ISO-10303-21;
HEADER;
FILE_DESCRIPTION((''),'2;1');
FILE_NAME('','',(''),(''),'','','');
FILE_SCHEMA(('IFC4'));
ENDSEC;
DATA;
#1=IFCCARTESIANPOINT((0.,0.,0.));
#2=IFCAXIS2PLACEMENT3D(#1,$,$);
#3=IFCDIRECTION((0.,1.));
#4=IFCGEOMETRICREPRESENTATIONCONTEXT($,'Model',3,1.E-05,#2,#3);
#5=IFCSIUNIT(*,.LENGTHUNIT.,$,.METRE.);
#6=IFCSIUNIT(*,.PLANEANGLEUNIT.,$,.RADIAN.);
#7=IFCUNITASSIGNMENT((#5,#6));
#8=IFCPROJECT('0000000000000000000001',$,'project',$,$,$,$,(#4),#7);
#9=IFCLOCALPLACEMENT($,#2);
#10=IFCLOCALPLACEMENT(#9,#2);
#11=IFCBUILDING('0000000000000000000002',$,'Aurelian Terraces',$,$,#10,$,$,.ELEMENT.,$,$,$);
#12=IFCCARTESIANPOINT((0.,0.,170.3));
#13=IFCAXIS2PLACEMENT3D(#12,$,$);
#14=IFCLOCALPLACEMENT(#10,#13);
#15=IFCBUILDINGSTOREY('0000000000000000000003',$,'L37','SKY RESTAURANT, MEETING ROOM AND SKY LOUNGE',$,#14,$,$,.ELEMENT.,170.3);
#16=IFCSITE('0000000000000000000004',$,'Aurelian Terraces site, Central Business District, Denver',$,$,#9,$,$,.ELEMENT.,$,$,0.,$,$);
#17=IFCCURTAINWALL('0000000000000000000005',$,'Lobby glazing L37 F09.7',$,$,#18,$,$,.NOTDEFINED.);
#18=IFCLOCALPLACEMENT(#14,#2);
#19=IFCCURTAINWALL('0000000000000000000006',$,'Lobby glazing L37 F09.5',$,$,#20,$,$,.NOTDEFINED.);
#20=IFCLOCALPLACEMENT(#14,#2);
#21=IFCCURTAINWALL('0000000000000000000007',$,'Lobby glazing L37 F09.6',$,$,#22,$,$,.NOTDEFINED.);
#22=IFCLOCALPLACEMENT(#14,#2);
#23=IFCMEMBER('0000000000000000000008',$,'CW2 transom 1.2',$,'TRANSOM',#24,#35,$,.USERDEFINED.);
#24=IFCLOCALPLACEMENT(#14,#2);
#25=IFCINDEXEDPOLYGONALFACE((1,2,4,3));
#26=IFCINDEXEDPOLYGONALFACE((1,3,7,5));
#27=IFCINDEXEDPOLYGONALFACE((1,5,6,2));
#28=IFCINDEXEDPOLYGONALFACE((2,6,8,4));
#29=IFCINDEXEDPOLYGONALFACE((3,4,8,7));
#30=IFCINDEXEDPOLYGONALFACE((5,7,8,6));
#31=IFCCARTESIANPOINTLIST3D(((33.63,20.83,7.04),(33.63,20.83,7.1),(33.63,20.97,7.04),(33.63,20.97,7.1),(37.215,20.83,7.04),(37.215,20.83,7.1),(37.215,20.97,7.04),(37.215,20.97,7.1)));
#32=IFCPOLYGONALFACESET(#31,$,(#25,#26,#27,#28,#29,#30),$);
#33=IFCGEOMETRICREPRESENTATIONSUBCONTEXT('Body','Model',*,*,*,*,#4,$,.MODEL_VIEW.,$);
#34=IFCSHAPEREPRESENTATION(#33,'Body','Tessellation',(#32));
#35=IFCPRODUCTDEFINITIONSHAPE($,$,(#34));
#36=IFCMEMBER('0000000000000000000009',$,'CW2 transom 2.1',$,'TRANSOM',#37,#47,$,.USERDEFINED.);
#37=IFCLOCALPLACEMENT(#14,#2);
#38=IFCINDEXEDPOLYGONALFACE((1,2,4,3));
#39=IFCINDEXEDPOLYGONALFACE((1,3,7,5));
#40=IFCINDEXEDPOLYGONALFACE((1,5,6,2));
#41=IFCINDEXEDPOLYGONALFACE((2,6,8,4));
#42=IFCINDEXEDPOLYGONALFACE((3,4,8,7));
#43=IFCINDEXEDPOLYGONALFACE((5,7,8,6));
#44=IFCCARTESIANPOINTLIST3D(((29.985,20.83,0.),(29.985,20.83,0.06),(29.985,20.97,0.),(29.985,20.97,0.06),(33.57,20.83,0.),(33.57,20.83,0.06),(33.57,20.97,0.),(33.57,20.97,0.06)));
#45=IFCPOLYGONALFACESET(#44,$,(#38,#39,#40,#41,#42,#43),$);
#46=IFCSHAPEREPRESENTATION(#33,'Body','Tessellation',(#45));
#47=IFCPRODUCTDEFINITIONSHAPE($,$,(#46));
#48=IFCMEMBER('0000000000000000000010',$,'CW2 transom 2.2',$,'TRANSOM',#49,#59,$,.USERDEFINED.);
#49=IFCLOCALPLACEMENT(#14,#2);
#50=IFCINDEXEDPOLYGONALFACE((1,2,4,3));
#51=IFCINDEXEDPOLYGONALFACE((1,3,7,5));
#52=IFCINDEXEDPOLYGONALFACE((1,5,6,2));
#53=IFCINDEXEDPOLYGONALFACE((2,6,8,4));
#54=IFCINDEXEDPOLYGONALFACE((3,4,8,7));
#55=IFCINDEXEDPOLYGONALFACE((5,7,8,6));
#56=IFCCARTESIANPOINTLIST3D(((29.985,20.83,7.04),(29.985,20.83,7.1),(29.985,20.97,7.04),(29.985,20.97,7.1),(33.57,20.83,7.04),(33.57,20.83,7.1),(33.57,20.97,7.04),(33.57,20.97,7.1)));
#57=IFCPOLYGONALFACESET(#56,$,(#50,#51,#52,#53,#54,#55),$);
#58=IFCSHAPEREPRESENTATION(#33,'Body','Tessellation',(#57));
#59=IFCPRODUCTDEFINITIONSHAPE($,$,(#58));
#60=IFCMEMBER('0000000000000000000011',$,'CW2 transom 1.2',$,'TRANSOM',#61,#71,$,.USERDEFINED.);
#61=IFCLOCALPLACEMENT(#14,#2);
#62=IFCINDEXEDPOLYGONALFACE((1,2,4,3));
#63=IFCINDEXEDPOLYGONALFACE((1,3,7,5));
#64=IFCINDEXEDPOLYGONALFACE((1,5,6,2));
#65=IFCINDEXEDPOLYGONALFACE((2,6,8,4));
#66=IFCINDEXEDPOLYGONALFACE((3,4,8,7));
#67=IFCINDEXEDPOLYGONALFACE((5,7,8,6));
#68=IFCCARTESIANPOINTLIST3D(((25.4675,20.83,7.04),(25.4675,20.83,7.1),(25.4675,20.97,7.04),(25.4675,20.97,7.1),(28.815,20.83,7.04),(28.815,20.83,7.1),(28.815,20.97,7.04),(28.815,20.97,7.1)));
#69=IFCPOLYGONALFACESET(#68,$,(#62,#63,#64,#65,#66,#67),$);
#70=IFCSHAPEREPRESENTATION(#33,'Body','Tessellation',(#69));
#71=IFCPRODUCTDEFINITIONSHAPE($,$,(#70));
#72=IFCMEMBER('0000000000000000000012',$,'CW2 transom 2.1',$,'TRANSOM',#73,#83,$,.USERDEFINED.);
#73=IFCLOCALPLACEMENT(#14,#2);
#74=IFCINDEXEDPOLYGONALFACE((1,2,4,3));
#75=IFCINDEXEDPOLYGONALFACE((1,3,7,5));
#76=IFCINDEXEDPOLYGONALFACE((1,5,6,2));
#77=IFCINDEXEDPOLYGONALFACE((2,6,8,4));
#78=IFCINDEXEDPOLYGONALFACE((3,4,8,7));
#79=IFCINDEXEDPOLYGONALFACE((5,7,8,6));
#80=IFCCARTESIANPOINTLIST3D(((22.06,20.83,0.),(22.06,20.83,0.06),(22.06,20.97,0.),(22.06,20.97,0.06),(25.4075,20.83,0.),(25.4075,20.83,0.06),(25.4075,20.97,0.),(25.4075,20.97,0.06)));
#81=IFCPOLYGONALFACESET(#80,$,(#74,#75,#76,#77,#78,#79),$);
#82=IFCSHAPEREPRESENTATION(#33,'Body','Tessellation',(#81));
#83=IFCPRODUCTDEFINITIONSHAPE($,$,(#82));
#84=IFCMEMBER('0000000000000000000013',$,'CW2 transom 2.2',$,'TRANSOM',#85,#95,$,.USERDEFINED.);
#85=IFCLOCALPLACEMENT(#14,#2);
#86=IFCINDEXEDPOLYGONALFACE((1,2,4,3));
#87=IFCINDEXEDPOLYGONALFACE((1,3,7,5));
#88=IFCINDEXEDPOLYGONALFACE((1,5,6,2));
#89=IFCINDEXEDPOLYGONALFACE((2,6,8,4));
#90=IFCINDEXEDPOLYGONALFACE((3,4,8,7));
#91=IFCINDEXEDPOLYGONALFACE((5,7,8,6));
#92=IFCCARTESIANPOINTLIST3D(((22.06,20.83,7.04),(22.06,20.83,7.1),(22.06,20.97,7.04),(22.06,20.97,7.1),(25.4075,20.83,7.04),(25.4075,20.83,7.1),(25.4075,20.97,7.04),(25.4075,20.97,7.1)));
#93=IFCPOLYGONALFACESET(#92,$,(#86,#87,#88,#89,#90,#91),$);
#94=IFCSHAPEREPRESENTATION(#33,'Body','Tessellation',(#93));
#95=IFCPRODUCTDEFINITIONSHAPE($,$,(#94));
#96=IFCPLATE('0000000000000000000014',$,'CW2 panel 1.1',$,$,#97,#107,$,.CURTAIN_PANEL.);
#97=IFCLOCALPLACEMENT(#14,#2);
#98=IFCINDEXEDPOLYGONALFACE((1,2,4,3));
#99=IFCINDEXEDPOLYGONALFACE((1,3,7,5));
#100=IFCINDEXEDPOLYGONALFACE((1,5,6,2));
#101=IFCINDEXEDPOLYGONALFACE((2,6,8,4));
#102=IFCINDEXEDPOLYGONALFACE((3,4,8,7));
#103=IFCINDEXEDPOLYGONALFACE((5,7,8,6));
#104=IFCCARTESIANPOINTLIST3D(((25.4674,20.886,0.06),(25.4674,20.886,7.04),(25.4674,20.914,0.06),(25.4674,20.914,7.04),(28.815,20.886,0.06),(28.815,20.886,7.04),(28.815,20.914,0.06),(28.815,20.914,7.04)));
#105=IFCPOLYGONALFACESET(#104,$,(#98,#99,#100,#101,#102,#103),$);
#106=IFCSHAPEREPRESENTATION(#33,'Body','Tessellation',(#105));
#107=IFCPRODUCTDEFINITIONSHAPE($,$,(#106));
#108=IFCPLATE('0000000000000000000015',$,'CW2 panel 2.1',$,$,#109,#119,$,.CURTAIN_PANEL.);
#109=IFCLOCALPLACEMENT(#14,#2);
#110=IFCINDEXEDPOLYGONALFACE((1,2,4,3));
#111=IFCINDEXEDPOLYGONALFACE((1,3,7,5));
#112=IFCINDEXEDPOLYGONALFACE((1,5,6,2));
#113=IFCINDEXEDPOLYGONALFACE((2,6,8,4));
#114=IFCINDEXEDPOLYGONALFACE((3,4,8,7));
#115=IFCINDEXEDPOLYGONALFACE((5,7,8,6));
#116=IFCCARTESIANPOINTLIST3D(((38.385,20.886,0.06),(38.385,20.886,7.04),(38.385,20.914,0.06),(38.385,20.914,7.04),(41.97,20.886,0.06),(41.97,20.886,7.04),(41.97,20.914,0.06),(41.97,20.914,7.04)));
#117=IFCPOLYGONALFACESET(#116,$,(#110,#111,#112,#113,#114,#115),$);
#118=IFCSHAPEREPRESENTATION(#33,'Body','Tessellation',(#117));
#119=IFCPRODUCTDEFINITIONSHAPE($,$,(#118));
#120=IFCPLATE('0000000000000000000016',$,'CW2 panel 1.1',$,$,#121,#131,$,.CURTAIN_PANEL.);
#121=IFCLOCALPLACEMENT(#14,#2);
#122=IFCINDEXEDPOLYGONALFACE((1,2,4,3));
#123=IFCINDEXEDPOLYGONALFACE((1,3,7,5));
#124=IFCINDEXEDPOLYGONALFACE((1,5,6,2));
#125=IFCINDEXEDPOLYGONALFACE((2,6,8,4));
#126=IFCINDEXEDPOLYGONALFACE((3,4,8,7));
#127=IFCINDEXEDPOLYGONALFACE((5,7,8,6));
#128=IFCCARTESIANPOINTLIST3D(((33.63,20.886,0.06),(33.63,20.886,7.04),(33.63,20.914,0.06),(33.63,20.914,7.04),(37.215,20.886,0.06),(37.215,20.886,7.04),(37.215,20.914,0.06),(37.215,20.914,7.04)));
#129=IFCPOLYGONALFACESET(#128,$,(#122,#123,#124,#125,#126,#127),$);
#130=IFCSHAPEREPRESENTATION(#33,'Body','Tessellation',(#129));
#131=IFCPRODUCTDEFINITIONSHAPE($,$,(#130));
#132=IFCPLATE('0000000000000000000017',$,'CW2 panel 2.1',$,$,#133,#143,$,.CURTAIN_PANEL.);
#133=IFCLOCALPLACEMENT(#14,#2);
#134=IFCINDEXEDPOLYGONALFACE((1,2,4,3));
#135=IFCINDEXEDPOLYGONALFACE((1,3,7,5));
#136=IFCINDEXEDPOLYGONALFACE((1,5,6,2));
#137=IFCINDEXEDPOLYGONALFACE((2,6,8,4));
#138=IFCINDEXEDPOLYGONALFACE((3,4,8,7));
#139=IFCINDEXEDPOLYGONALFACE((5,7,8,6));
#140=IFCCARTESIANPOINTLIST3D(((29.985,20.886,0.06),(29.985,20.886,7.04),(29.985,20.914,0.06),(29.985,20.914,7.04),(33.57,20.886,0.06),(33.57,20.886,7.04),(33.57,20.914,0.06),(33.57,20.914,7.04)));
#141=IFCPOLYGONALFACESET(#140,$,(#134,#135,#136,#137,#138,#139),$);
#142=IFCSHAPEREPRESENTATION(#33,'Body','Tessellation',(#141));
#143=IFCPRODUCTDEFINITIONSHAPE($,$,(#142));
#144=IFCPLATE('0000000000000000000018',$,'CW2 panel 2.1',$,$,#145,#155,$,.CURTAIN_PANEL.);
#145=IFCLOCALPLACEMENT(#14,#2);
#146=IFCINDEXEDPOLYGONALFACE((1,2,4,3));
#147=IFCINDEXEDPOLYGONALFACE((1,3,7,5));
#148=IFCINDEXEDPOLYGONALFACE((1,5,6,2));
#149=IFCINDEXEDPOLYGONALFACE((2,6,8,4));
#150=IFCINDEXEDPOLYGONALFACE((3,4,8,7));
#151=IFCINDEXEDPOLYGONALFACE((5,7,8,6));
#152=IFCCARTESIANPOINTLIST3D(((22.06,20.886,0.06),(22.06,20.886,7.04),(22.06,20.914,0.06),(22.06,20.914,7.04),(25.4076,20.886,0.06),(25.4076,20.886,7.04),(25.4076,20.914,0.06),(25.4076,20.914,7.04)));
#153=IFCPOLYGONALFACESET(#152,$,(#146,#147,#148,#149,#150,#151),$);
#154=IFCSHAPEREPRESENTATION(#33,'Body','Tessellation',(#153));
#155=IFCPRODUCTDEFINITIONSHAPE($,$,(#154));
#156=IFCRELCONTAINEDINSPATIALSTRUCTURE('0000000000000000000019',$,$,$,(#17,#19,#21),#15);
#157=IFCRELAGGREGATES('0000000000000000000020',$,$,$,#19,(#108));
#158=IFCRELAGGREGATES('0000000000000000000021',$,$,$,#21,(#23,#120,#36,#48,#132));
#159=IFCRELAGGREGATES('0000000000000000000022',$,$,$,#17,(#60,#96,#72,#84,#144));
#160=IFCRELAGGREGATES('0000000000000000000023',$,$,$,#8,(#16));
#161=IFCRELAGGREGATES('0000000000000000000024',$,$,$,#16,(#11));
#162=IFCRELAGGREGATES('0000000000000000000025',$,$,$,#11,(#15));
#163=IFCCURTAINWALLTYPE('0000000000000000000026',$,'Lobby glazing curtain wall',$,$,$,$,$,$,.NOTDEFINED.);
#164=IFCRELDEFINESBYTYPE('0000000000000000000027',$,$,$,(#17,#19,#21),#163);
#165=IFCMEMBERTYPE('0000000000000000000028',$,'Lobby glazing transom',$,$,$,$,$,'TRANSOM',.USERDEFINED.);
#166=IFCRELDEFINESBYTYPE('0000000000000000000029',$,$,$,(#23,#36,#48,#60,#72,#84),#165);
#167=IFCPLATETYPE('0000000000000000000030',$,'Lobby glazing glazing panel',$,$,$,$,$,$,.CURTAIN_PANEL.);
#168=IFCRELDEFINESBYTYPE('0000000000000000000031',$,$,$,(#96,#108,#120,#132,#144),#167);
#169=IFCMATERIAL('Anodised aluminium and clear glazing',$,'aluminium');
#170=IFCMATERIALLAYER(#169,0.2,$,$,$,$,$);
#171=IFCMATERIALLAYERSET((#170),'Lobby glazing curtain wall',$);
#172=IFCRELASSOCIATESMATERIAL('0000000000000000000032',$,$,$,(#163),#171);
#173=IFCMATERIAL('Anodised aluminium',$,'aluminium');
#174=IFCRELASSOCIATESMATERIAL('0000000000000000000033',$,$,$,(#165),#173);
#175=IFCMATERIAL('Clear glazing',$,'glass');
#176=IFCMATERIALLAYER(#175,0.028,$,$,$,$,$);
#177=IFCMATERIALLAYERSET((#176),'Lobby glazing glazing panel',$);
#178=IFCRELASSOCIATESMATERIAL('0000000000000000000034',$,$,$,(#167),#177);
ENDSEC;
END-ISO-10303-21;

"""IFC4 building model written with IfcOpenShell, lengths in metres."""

from ifc_helpers import new_model, si_unit, direction, frame, origin, origin_2d, place, context, subcontext, project, spatial, rectangle, extrude, source, transform, mapped, material, layer, layer_set, material_profile, profile_set, type_object, element, aggregate, save


model = new_model("IFC4")

# Units and contexts
model_context = context("Model", 3, precision=1e-05, world=origin(), true_north=direction((0.0, 1.0)))
body_context = subcontext(model_context, "Body", "Model", "MODEL_VIEW")
ifc_project = project(units=[si_unit("LENGTHUNIT", "METRE"), si_unit("PLANEANGLEUNIT", "RADIAN")], contexts=[model_context])

# Site, building, storey
site_placement = place(None, origin())
site = spatial("IfcSite", under=ifc_project, at=site_placement, Name="Aurelian Terraces site, Central Business District, Denver", CompositionType="ELEMENT", RefElevation=0.0)
building_placement = place(site_placement, origin())
building = spatial("IfcBuilding", under=site, at=building_placement, Name="Aurelian Terraces", CompositionType="ELEMENT")
storey_placement = place(building_placement, frame((0.0, 0.0, 170.3)))
storey = spatial("IfcBuildingStorey", under=building, at=storey_placement, Name="L37", Description="SKY RESTAURANT, MEETING ROOM AND SKY LOUNGE", CompositionType="ELEMENT", Elevation=170.3)

# Curtain wall
ifc_material_1 = material(Name="Anodised aluminium and clear glazing", Category="aluminium")
ifc_layer_1 = layer(ifc_material_1, 0.2)
ifc_layer_set_1 = layer_set([ifc_layer_1], Name="Lobby glazing curtain wall")
curtain_wall_type = type_object("IfcCurtainWallType", Name="Lobby glazing curtain wall", PredefinedType="NOTDEFINED", material=ifc_layer_set_1)
curtain_wall_1_placement = place(storey_placement, origin())
curtain_wall_1 = element("IfcCurtainWall", 1, at=curtain_wall_1_placement, inside=storey, type_object=curtain_wall_type, Name="Lobby glazing L37 F09.7", PredefinedType="NOTDEFINED")
ifc_material_2 = material(Name="Anodised aluminium", Category="aluminium")
ifc_material_profile_1 = material_profile(ifc_material_2, rectangle(XDim=0.14, YDim=0.06, at=origin_2d()))
ifc_profile_set_1 = profile_set([ifc_material_profile_1], Name="Anodised aluminium")
member_type_1 = type_object("IfcMemberType", Name="Lobby glazing transom", ElementType="TRANSOM", PredefinedType="USERDEFINED", material=ifc_profile_set_1)

# Curtain wall
curtain_wall_2_placement = place(storey_placement, origin())
curtain_wall_2 = element("IfcCurtainWall", 2, at=curtain_wall_2_placement, inside=storey, type_object=curtain_wall_type, Name="Lobby glazing L37 F09.5", PredefinedType="NOTDEFINED")

# Curtain wall
curtain_wall_3_placement = place(storey_placement, origin())
curtain_wall_3 = element("IfcCurtainWall", 3, at=curtain_wall_3_placement, inside=storey, type_object=curtain_wall_type, Name="Lobby glazing L37 F09.6", PredefinedType="NOTDEFINED")

# Members
shared_shape_1 = source(origin(), body_context, "Body", "SweptSolid", [
    extrude(rectangle(XDim=0.14, YDim=0.06, at=origin_2d()), origin(), (0.0, 0.0, 1.0), 3.585),
])
member_1_placement = place(storey_placement, frame((37.215, 20.9, 7.07), z_axis=(-1.0, 0.0, 0.0), x_axis=(0.0, -1.0, 0.0)))
member_1 = element("IfcMember", 4, at=member_1_placement, type_object=member_type_1, Name="CW2 transom 1.2", ObjectType="TRANSOM", PredefinedType="USERDEFINED", context=body_context, shape_type="MappedRepresentation", body=[
    mapped(shared_shape_1, transform((0.0, 0.0, 0.0), scale=1.0)),
])
member_2_placement = place(storey_placement, frame((33.57, 20.9, 0.03), z_axis=(-1.0, 0.0, 0.0), x_axis=(0.0, -1.0, 0.0)))
member_2 = element("IfcMember", 5, at=member_2_placement, type_object=member_type_1, Name="CW2 transom 2.1", ObjectType="TRANSOM", PredefinedType="USERDEFINED", context=body_context, shape_type="MappedRepresentation", body=[
    mapped(shared_shape_1, transform((0.0, 0.0, 0.0), scale=1.0)),
])
member_3_placement = place(storey_placement, frame((33.57, 20.9, 7.07), z_axis=(-1.0, 0.0, 0.0), x_axis=(0.0, -1.0, 0.0)))
member_3 = element("IfcMember", 6, at=member_3_placement, type_object=member_type_1, Name="CW2 transom 2.2", ObjectType="TRANSOM", PredefinedType="USERDEFINED", context=body_context, shape_type="MappedRepresentation", body=[
    mapped(shared_shape_1, transform((0.0, 0.0, 0.0), scale=1.0)),
])
shared_shape_2 = source(origin(), body_context, "Body", "SweptSolid", [
    extrude(rectangle(XDim=0.14, YDim=0.06, at=origin_2d()), origin(), (0.0, 0.0, 1.0), 3.3475),
])
member_4_placement = place(storey_placement, frame((28.815, 20.9, 7.07), z_axis=(-1.0, 0.0, 0.0), x_axis=(0.0, -1.0, 0.0)))
member_4 = element("IfcMember", 7, at=member_4_placement, type_object=member_type_1, Name="CW2 transom 1.2", ObjectType="TRANSOM", PredefinedType="USERDEFINED", context=body_context, shape_type="MappedRepresentation", body=[
    mapped(shared_shape_2, transform((0.0, 0.0, 0.0), scale=1.0)),
])
member_5_placement = place(storey_placement, frame((25.4075, 20.9, 0.03), z_axis=(-1.0, 0.0, 0.0), x_axis=(0.0, -1.0, 0.0)))
member_5 = element("IfcMember", 8, at=member_5_placement, type_object=member_type_1, Name="CW2 transom 2.1", ObjectType="TRANSOM", PredefinedType="USERDEFINED", context=body_context, shape_type="MappedRepresentation", body=[
    mapped(shared_shape_2, transform((0.0, 0.0, 0.0), scale=1.0)),
])
member_6_placement = place(storey_placement, frame((25.4075, 20.9, 7.07), z_axis=(-1.0, 0.0, 0.0), x_axis=(0.0, -1.0, 0.0)))
member_6 = element("IfcMember", 9, at=member_6_placement, type_object=member_type_1, Name="CW2 transom 2.2", ObjectType="TRANSOM", PredefinedType="USERDEFINED", context=body_context, shape_type="MappedRepresentation", body=[
    mapped(shared_shape_2, transform((0.0, 0.0, 0.0), scale=1.0)),
])

# Plates
ifc_material_3 = material(Name="Clear glazing", Category="glass")
ifc_layer_2 = layer(ifc_material_3, 0.028)
ifc_layer_set_2 = layer_set([ifc_layer_2], Name="Lobby glazing glazing panel")
plate_type = type_object("IfcPlateType", Name="Lobby glazing glazing panel", PredefinedType="CURTAIN_PANEL", material=ifc_layer_set_2)
plate_1_placement = place(storey_placement, frame((27.1412, 20.9, 0.06), z_axis=(0.0, 0.0, 1.0), x_axis=(-1.0, 0.0, 0.0)))
plate_1 = element("IfcPlate", 10, at=plate_1_placement, type_object=plate_type, Name="CW2 panel 1.1", PredefinedType="CURTAIN_PANEL", context=body_context, shape_type="SweptSolid", body=[
    extrude(rectangle(XDim=3.3475, YDim=0.028, at=origin_2d()), origin(), (0.0, 0.0, 1.0), 6.98),
])
shared_shape_3 = source(origin(), body_context, "Body", "SweptSolid", [
    extrude(rectangle(XDim=3.585, YDim=0.028, at=origin_2d()), origin(), (0.0, 0.0, 1.0), 6.98),
])
plate_2_placement = place(storey_placement, frame((40.1775, 20.9, 0.06), z_axis=(0.0, 0.0, 1.0), x_axis=(-1.0, 0.0, 0.0)))
plate_2 = element("IfcPlate", 11, at=plate_2_placement, type_object=plate_type, Name="CW2 panel 2.1", PredefinedType="CURTAIN_PANEL", context=body_context, shape_type="MappedRepresentation", body=[
    mapped(shared_shape_3, transform((0.0, 0.0, 0.0), scale=1.0)),
])
aggregate(curtain_wall_2, [plate_2])
plate_3_placement = place(storey_placement, frame((35.4225, 20.9, 0.06), z_axis=(0.0, 0.0, 1.0), x_axis=(-1.0, 0.0, 0.0)))
plate_3 = element("IfcPlate", 12, at=plate_3_placement, type_object=plate_type, Name="CW2 panel 1.1", PredefinedType="CURTAIN_PANEL", context=body_context, shape_type="MappedRepresentation", body=[
    mapped(shared_shape_3, transform((0.0, 0.0, 0.0), scale=1.0)),
])
plate_4_placement = place(storey_placement, frame((31.7775, 20.9, 0.06), z_axis=(0.0, 0.0, 1.0), x_axis=(-1.0, 0.0, 0.0)))
plate_4 = element("IfcPlate", 13, at=plate_4_placement, type_object=plate_type, Name="CW2 panel 2.1", PredefinedType="CURTAIN_PANEL", context=body_context, shape_type="MappedRepresentation", body=[
    mapped(shared_shape_3, transform((0.0, 0.0, 0.0), scale=1.0)),
])
aggregate(curtain_wall_3, [member_1, plate_3, member_2, member_3, plate_4])
shared_shape_4 = source(origin(), body_context, "Body", "SweptSolid", [
    extrude(rectangle(XDim=3.3475, YDim=0.028, at=origin_2d()), origin(), (0.0, 0.0, 1.0), 6.98),
])
plate_5_placement = place(storey_placement, frame((23.7338, 20.9, 0.06), z_axis=(0.0, 0.0, 1.0), x_axis=(-1.0, 0.0, 0.0)))
plate_5 = element("IfcPlate", 14, at=plate_5_placement, type_object=plate_type, Name="CW2 panel 2.1", PredefinedType="CURTAIN_PANEL", context=body_context, shape_type="MappedRepresentation", body=[
    mapped(shared_shape_4, transform((0.0, 0.0, 0.0), scale=1.0)),
])
aggregate(curtain_wall_1, [member_4, plate_1, member_5, member_6, plate_5])

save(model, "model.ifc")
